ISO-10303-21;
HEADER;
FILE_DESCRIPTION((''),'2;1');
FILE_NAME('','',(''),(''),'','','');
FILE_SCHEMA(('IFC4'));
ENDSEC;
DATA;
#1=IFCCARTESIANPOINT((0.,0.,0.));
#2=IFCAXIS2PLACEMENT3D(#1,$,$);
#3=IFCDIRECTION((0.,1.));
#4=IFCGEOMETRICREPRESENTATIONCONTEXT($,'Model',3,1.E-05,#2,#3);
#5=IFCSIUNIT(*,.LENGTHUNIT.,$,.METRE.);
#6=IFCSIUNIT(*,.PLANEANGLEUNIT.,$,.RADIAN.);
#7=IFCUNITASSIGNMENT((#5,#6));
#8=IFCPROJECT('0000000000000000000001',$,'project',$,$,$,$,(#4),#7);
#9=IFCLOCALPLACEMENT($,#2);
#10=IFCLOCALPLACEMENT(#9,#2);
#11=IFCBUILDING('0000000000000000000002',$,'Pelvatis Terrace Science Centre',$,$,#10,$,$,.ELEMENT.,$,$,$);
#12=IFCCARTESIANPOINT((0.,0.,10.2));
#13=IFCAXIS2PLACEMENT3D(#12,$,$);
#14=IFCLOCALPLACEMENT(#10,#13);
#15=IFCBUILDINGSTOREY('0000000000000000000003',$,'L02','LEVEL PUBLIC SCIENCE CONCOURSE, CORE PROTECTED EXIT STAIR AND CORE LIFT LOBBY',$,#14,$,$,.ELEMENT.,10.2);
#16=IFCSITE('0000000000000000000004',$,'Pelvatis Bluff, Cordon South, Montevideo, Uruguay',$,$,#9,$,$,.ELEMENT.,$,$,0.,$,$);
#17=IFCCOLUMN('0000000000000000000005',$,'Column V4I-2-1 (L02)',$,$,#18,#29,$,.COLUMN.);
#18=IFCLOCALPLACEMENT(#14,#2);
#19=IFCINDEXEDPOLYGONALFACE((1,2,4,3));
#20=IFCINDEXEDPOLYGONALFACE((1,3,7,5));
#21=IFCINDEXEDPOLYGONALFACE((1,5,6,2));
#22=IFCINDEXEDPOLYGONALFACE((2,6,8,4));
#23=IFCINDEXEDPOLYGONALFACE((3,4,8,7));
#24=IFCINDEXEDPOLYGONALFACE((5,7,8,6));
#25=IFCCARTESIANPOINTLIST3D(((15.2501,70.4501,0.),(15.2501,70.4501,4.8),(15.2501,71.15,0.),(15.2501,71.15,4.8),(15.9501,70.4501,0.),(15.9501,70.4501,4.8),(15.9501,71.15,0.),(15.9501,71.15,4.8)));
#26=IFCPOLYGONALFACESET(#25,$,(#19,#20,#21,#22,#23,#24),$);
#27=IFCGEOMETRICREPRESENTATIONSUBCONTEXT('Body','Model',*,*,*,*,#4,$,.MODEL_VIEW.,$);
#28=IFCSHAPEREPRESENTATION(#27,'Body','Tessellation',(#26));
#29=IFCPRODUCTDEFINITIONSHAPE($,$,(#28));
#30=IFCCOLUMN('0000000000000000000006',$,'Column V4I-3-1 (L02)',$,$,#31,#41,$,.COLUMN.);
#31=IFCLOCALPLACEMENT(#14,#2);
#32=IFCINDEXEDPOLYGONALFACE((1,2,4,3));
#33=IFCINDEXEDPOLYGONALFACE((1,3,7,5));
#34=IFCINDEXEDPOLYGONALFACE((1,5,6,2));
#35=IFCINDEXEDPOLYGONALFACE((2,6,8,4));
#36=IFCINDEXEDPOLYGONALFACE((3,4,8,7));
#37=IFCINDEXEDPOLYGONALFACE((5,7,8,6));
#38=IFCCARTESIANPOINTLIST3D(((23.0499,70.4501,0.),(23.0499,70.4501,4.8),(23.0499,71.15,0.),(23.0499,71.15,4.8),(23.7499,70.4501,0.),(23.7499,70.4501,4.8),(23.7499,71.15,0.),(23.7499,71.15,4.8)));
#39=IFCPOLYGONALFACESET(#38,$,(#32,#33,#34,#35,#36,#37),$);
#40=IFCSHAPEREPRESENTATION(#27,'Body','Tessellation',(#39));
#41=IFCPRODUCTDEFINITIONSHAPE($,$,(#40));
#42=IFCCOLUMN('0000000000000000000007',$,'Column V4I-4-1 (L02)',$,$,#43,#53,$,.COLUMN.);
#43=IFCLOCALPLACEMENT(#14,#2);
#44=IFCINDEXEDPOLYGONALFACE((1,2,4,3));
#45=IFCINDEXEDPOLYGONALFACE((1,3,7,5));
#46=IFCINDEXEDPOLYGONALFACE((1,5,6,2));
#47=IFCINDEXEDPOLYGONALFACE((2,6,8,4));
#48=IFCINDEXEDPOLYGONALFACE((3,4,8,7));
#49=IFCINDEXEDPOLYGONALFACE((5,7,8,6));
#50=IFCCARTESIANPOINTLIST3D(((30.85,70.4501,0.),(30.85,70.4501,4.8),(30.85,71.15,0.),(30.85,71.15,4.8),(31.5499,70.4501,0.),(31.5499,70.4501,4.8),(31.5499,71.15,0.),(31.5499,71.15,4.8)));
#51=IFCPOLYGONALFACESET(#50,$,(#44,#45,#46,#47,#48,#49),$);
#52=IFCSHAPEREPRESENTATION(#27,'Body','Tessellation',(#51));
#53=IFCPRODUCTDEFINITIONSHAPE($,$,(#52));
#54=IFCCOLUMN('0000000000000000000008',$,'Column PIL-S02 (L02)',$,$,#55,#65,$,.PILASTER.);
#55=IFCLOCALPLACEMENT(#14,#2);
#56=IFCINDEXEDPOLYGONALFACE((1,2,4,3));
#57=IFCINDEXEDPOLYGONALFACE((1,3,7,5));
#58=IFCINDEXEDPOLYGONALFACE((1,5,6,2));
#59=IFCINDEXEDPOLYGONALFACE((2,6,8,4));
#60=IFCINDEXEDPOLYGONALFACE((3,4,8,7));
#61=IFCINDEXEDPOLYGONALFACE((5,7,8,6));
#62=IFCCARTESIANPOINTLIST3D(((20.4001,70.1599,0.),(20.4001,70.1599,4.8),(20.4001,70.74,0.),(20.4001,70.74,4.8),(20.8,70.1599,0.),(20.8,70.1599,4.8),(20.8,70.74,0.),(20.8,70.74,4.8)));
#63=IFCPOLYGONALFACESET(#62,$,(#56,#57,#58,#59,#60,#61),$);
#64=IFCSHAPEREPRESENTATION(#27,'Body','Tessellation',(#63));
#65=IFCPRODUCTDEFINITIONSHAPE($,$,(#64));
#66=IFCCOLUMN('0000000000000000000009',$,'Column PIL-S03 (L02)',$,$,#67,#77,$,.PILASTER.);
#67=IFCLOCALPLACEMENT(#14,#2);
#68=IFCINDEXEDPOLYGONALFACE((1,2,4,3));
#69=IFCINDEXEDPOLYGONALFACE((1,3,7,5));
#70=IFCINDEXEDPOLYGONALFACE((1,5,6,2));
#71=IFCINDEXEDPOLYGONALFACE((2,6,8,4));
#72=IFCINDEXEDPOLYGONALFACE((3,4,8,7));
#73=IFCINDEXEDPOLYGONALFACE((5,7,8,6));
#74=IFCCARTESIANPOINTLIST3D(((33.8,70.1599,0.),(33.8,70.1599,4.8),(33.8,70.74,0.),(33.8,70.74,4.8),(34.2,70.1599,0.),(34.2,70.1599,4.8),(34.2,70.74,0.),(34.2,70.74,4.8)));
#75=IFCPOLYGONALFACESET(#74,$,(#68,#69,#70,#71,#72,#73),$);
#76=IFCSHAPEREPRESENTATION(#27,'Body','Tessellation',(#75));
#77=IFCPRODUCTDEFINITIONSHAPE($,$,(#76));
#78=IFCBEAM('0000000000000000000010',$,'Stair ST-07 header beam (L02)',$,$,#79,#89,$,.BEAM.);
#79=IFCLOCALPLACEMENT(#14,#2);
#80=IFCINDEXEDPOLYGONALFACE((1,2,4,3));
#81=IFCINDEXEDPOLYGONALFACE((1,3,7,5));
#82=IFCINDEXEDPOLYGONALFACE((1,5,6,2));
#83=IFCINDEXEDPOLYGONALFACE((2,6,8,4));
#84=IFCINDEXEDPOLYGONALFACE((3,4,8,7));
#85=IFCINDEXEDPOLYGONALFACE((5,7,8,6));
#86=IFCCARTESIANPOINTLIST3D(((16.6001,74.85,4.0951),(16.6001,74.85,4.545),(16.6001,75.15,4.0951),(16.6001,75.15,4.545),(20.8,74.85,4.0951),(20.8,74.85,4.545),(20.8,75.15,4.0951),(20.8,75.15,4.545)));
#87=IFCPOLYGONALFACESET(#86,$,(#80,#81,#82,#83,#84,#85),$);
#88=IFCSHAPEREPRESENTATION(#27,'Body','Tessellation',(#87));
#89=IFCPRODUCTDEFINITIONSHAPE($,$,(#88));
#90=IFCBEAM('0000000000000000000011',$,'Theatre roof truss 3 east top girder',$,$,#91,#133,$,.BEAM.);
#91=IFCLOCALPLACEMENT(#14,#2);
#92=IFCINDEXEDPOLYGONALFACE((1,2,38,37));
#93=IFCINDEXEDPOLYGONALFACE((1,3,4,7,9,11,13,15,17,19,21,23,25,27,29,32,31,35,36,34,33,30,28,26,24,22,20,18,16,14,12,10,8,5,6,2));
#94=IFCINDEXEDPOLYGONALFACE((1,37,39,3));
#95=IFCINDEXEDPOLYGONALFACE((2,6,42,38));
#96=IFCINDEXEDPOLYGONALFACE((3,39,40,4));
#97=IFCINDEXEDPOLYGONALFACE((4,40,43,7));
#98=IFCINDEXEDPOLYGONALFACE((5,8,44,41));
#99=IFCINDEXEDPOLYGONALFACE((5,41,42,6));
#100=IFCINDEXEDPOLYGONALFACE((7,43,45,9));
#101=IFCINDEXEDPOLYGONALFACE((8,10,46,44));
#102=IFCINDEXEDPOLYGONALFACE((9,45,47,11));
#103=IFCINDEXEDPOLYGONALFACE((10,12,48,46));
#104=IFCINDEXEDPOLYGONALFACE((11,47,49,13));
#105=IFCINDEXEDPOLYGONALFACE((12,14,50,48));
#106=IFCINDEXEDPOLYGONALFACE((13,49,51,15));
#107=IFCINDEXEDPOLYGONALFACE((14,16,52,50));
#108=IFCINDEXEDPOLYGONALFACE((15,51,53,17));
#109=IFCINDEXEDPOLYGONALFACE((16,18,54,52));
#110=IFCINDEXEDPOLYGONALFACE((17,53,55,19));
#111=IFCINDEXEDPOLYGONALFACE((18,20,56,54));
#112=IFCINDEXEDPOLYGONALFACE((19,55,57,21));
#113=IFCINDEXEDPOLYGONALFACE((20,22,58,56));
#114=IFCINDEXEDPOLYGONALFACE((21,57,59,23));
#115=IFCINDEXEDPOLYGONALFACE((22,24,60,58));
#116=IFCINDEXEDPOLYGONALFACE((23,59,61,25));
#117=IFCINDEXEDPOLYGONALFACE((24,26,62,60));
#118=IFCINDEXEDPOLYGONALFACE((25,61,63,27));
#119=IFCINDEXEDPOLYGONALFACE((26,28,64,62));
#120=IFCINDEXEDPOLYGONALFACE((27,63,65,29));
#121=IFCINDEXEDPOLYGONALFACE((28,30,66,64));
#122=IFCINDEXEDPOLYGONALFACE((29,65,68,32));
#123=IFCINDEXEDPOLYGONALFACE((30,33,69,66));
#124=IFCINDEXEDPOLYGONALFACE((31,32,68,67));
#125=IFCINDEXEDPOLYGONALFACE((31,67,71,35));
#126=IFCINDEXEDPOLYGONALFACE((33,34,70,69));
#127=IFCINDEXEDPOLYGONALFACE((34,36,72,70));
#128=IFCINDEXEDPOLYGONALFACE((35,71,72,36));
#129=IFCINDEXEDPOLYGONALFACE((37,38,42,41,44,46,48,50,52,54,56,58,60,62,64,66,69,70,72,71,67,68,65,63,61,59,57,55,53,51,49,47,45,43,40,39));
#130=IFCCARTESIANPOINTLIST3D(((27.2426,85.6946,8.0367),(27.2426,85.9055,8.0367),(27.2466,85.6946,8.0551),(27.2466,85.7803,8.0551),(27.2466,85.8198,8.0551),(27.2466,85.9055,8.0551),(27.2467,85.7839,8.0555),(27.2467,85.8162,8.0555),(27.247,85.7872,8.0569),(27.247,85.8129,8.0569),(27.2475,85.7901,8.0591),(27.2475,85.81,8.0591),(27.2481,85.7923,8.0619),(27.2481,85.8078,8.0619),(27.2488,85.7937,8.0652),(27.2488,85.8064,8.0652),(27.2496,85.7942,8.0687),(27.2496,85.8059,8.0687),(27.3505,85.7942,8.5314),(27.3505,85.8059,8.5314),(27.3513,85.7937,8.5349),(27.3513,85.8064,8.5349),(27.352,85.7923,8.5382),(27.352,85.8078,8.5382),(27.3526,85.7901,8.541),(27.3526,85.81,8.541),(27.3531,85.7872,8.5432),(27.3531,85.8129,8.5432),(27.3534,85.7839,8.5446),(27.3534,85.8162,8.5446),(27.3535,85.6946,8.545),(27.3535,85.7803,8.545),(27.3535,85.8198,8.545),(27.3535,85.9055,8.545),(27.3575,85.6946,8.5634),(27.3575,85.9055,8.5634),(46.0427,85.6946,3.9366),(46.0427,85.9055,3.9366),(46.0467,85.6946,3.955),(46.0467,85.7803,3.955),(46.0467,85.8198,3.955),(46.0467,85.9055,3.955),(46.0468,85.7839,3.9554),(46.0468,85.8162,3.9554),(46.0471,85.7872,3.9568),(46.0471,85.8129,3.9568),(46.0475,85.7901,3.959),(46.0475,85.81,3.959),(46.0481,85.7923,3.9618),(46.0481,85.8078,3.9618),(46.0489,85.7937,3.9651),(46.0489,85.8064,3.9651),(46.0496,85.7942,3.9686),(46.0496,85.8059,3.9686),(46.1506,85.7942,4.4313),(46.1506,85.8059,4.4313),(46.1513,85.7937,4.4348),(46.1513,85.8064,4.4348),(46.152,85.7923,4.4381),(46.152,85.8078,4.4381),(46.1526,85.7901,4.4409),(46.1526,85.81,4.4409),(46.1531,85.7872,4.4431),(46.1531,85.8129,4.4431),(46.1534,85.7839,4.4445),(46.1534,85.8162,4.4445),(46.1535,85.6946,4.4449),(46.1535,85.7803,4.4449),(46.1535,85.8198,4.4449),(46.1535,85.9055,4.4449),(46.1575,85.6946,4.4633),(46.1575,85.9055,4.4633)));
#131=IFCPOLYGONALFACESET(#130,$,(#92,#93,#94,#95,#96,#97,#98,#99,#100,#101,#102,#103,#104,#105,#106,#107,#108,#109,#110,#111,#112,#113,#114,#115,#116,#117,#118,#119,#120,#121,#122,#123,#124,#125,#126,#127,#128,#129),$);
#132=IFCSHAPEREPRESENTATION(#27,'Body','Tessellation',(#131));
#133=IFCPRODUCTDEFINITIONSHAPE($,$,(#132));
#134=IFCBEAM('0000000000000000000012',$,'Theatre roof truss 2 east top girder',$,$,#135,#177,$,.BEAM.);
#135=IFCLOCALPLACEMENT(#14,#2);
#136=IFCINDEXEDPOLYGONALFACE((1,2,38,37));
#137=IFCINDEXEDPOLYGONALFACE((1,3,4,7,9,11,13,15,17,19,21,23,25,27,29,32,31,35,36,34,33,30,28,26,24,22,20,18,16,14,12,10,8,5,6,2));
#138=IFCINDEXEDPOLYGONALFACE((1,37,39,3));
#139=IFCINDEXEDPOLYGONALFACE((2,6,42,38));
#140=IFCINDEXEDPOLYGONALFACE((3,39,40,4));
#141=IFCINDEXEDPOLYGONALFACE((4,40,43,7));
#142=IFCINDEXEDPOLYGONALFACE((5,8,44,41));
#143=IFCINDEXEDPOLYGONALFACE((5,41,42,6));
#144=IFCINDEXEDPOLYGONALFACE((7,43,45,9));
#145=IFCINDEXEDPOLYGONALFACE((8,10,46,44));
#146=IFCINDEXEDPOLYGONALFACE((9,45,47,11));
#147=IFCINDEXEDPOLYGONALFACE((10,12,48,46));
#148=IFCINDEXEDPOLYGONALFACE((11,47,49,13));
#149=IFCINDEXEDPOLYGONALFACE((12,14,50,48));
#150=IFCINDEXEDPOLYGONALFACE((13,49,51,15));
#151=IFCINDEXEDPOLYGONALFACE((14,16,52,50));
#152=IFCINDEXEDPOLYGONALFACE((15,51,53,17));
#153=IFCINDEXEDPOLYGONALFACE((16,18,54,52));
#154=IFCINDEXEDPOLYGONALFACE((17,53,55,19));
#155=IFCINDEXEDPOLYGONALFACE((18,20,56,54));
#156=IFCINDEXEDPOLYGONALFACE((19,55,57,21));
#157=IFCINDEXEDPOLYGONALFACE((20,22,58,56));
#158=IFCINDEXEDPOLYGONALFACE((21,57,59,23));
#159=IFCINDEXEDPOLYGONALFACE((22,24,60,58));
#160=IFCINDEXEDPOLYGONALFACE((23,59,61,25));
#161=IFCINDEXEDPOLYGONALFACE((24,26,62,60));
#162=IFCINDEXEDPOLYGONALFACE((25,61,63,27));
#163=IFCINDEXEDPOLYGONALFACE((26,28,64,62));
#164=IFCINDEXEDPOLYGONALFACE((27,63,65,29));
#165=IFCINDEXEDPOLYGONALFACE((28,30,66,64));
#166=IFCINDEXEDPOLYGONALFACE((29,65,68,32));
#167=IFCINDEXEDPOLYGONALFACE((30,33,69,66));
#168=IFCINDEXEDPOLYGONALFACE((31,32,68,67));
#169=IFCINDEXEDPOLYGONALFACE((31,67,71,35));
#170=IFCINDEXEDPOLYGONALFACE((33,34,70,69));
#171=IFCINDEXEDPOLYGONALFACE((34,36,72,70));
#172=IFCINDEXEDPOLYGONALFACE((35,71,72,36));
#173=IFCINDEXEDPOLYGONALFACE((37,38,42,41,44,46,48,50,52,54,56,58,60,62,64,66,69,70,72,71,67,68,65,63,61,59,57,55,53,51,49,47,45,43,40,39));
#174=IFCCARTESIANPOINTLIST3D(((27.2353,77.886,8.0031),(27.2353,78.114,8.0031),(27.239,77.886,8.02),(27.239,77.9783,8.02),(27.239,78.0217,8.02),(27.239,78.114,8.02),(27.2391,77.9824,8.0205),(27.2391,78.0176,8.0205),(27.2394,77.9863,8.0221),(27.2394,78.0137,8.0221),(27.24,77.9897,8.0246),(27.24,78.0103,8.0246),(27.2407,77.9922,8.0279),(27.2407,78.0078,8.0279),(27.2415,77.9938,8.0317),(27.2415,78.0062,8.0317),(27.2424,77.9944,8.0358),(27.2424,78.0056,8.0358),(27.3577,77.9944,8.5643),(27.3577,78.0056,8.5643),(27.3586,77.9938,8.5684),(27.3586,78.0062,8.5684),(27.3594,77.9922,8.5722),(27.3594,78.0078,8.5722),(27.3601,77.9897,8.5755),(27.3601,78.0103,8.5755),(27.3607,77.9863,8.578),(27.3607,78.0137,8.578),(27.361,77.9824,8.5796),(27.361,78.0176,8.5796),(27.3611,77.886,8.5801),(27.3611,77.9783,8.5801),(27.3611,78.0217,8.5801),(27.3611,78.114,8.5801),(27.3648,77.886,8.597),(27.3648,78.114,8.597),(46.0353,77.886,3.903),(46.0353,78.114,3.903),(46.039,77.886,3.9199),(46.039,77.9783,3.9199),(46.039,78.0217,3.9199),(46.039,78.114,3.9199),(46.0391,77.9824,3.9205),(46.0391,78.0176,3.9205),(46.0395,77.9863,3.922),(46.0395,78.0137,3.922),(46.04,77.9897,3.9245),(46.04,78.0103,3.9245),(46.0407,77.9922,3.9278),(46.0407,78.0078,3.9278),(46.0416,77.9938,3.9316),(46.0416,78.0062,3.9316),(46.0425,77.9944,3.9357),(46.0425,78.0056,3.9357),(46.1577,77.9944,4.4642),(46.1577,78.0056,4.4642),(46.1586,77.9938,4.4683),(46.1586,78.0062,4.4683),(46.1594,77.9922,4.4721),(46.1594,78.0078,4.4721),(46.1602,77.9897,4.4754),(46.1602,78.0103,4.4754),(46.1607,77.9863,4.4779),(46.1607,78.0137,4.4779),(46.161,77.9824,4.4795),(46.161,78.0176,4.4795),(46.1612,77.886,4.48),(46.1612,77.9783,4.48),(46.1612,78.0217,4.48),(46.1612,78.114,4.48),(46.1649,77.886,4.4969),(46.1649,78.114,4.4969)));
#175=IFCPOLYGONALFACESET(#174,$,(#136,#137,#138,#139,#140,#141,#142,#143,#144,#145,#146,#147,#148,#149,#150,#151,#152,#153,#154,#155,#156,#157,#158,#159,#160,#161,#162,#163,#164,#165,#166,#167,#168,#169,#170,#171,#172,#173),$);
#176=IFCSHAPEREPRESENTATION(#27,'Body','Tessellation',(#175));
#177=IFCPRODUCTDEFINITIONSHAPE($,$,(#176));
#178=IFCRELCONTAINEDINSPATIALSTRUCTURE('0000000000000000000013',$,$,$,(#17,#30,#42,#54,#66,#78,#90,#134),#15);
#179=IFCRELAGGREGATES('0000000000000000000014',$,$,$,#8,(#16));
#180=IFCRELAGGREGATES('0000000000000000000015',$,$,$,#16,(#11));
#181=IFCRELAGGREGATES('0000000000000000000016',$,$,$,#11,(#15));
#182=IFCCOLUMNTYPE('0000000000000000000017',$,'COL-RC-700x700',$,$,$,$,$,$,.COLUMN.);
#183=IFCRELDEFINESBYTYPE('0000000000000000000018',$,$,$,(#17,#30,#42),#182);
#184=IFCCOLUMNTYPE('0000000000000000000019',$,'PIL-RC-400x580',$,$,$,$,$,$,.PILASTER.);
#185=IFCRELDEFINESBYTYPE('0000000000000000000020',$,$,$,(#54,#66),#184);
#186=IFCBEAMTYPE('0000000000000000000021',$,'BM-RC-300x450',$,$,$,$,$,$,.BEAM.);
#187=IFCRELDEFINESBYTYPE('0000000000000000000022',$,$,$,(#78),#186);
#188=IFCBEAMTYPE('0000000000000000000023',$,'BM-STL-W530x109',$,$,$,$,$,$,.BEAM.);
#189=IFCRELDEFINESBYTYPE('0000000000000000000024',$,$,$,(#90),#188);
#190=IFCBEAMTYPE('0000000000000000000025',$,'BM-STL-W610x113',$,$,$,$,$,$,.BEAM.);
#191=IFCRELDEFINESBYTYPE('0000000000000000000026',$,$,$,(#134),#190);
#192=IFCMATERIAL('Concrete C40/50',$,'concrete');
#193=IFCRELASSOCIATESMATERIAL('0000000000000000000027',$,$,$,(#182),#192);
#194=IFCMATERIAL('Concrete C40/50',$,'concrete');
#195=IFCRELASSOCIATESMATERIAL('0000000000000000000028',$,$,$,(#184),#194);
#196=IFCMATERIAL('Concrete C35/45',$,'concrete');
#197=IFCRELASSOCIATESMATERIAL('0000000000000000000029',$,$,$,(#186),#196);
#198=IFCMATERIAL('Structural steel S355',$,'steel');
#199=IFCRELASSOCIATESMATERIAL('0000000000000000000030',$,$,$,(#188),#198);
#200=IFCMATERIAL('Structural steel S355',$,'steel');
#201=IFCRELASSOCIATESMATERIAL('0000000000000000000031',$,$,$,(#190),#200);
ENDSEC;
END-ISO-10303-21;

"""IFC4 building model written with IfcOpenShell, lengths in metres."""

from ifc_helpers import new_model, si_unit, direction, frame, origin, origin_2d, place, context, subcontext, project, spatial, rectangle, i_section, extrude, material, material_profile, profile_set, type_object, element, save


model = new_model("IFC4")

# Units and contexts
model_context = context("Model", 3, precision=1e-05, world=origin(), true_north=direction((0.0, 1.0)))
body_context = subcontext(model_context, "Body", "Model", "MODEL_VIEW")
ifc_project = project(units=[si_unit("LENGTHUNIT", "METRE"), si_unit("PLANEANGLEUNIT", "RADIAN")], contexts=[model_context])

# Site, building, storey
site_placement = place(None, origin())
site = spatial("IfcSite", under=ifc_project, at=site_placement, Name="Pelvatis Bluff, Cordon South, Montevideo, Uruguay", CompositionType="ELEMENT", RefElevation=0.0)
building_placement = place(site_placement, origin())
building = spatial("IfcBuilding", under=site, at=building_placement, Name="Pelvatis Terrace Science Centre", CompositionType="ELEMENT")
storey_placement = place(building_placement, frame((0.0, 0.0, 10.2)))
storey = spatial("IfcBuildingStorey", under=building, at=storey_placement, Name="L02", Description="LEVEL PUBLIC SCIENCE CONCOURSE, CORE PROTECTED EXIT STAIR AND CORE LIFT LOBBY", CompositionType="ELEMENT", Elevation=10.2)

# Columns
ifc_material_1 = material(Name="Concrete C40/50", Category="concrete")
ifc_material_profile_1 = material_profile(ifc_material_1, rectangle(XDim=0.7, YDim=0.7, at=origin_2d()), Name="RC-COL 700x700")
ifc_profile_set_1 = profile_set([ifc_material_profile_1], Name="Concrete C40/50")
column_type_1 = type_object("IfcColumnType", Name="COL-RC-700x700", PredefinedType="COLUMN", material=ifc_profile_set_1)
for number, where, z_axis, x_axis, name in (
    (1, (15.6001, 70.8, 0.0), (0.0, 0.0, 1.0), (1.0, 0.0, 0.0), "Column V4I-2-1 (L02)"),
    (2, (23.3999, 70.8, 0.0), (0.0, 0.0, 1.0), (1.0, 0.0, 0.0), "Column V4I-3-1 (L02)"),
    (3, (31.2, 70.8, 0.0), (0.0, 0.0, 1.0), (1.0, 0.0, 0.0), "Column V4I-4-1 (L02)"),
):
    element("IfcColumn", number, at=place(storey_placement, frame(where, z_axis=z_axis, x_axis=x_axis)), inside=storey, type_object=column_type_1, Name=name, PredefinedType="COLUMN", context=body_context, shape_type="SweptSolid", body=[
        extrude(rectangle(XDim=0.7, YDim=0.7, at=origin_2d()), origin(), (0.0, 0.0, 1.0), 4.8),
    ])
ifc_material_2 = material(Name="Concrete C40/50", Category="concrete")
ifc_material_profile_2 = material_profile(ifc_material_2, rectangle(XDim=0.3999, YDim=0.5801, at=origin_2d()), Name="RC-PIL 400x580")
ifc_profile_set_2 = profile_set([ifc_material_profile_2], Name="Concrete C40/50")
column_type_2 = type_object("IfcColumnType", Name="PIL-RC-400x580", PredefinedType="PILASTER", material=ifc_profile_set_2)
for number, where, z_axis, x_axis, name in (
    (4, (20.6001, 70.45, 0.0), (0.0, 0.0, 1.0), (1.0, 0.0, 0.0), "Column PIL-S02 (L02)"),
    (5, (34.0, 70.45, 0.0), (0.0, 0.0, 1.0), (1.0, 0.0, 0.0), "Column PIL-S03 (L02)"),
):
    element("IfcColumn", number, at=place(storey_placement, frame(where, z_axis=z_axis, x_axis=x_axis)), inside=storey, type_object=column_type_2, Name=name, PredefinedType="PILASTER", context=body_context, shape_type="SweptSolid", body=[
        extrude(rectangle(XDim=0.3999, YDim=0.5801, at=origin_2d()), origin(), (0.0, 0.0, 1.0), 4.8),
    ])

# Beams
ifc_material_3 = material(Name="Concrete C35/45", Category="concrete")
ifc_material_profile_3 = material_profile(ifc_material_3, rectangle(XDim=0.3, YDim=0.45, at=origin_2d()), Name="RC-BM 300x450")
ifc_profile_set_3 = profile_set([ifc_material_profile_3], Name="Concrete C35/45")
beam_type_1 = type_object("IfcBeamType", Name="BM-RC-300x450", PredefinedType="BEAM", material=ifc_profile_set_3)
beam_1_placement = place(storey_placement, frame((16.6001, 75.0, 4.3201), z_axis=(1.0, 0.0, 0.0), x_axis=(0.0, 1.0, 0.0)))
element("IfcBeam", 6, at=beam_1_placement, inside=storey, type_object=beam_type_1, Name="Stair ST-07 header beam (L02)", PredefinedType="BEAM", context=body_context, shape_type="SweptSolid", body=[
    extrude(rectangle(XDim=0.3, YDim=0.45, at=origin_2d()), origin(), (0.0, 0.0, 1.0), 4.2),
])
ifc_material_4 = material(Name="Structural steel S355", Category="steel")
ifc_material_profile_4 = material_profile(ifc_material_4, i_section(OverallWidth=0.2109, OverallDepth=0.5391, WebThickness=0.0117, FlangeThickness=0.0188, FilletRadius=0.0139, at=origin_2d()), Name="W530x109")
ifc_profile_set_4 = profile_set([ifc_material_profile_4], Name="Structural steel S355")
beam_type_2 = type_object("IfcBeamType", Name="BM-STL-W530x109", PredefinedType="BEAM", material=ifc_profile_set_4)
beam_2_placement = place(storey_placement, frame((27.3, 85.8, 8.3), z_axis=(0.977034, 0.0, -0.213081), x_axis=(0.0, 1.0, 0.0)))
element("IfcBeam", 7, at=beam_2_placement, inside=storey, type_object=beam_type_2, Name="Theatre roof truss 3 east top girder", PredefinedType="BEAM", context=body_context, shape_type="SweptSolid", body=[
    extrude(i_section(OverallWidth=0.2109, OverallDepth=0.5391, WebThickness=0.0117, FlangeThickness=0.0188, FilletRadius=0.0139, at=origin_2d()), origin(), (0.0, 0.0, 1.0), 19.2419),
])
ifc_material_5 = material(Name="Structural steel S355", Category="steel")
ifc_material_profile_5 = material_profile(ifc_material_5, i_section(OverallWidth=0.228, OverallDepth=0.6079, WebThickness=0.0112, FlangeThickness=0.0173, FilletRadius=0.0161, at=origin_2d()), Name="W610x113")
ifc_profile_set_5 = profile_set([ifc_material_profile_5], Name="Structural steel S355")
beam_type_3 = type_object("IfcBeamType", Name="BM-STL-W610x113", PredefinedType="BEAM", material=ifc_profile_set_5)
beam_3_placement = place(storey_placement, frame((27.3, 78.0, 8.3), z_axis=(0.977034, 0.0, -0.213081), x_axis=(0.0, 1.0, 0.0)))
element("IfcBeam", 8, at=beam_3_placement, inside=storey, type_object=beam_type_3, Name="Theatre roof truss 2 east top girder", PredefinedType="BEAM", context=body_context, shape_type="SweptSolid", body=[
    extrude(i_section(OverallWidth=0.228, OverallDepth=0.6079, WebThickness=0.0112, FlangeThickness=0.0173, FilletRadius=0.0161, at=origin_2d()), origin(), (0.0, 0.0, 1.0), 19.2419),
])

save(model, "model.ifc")
